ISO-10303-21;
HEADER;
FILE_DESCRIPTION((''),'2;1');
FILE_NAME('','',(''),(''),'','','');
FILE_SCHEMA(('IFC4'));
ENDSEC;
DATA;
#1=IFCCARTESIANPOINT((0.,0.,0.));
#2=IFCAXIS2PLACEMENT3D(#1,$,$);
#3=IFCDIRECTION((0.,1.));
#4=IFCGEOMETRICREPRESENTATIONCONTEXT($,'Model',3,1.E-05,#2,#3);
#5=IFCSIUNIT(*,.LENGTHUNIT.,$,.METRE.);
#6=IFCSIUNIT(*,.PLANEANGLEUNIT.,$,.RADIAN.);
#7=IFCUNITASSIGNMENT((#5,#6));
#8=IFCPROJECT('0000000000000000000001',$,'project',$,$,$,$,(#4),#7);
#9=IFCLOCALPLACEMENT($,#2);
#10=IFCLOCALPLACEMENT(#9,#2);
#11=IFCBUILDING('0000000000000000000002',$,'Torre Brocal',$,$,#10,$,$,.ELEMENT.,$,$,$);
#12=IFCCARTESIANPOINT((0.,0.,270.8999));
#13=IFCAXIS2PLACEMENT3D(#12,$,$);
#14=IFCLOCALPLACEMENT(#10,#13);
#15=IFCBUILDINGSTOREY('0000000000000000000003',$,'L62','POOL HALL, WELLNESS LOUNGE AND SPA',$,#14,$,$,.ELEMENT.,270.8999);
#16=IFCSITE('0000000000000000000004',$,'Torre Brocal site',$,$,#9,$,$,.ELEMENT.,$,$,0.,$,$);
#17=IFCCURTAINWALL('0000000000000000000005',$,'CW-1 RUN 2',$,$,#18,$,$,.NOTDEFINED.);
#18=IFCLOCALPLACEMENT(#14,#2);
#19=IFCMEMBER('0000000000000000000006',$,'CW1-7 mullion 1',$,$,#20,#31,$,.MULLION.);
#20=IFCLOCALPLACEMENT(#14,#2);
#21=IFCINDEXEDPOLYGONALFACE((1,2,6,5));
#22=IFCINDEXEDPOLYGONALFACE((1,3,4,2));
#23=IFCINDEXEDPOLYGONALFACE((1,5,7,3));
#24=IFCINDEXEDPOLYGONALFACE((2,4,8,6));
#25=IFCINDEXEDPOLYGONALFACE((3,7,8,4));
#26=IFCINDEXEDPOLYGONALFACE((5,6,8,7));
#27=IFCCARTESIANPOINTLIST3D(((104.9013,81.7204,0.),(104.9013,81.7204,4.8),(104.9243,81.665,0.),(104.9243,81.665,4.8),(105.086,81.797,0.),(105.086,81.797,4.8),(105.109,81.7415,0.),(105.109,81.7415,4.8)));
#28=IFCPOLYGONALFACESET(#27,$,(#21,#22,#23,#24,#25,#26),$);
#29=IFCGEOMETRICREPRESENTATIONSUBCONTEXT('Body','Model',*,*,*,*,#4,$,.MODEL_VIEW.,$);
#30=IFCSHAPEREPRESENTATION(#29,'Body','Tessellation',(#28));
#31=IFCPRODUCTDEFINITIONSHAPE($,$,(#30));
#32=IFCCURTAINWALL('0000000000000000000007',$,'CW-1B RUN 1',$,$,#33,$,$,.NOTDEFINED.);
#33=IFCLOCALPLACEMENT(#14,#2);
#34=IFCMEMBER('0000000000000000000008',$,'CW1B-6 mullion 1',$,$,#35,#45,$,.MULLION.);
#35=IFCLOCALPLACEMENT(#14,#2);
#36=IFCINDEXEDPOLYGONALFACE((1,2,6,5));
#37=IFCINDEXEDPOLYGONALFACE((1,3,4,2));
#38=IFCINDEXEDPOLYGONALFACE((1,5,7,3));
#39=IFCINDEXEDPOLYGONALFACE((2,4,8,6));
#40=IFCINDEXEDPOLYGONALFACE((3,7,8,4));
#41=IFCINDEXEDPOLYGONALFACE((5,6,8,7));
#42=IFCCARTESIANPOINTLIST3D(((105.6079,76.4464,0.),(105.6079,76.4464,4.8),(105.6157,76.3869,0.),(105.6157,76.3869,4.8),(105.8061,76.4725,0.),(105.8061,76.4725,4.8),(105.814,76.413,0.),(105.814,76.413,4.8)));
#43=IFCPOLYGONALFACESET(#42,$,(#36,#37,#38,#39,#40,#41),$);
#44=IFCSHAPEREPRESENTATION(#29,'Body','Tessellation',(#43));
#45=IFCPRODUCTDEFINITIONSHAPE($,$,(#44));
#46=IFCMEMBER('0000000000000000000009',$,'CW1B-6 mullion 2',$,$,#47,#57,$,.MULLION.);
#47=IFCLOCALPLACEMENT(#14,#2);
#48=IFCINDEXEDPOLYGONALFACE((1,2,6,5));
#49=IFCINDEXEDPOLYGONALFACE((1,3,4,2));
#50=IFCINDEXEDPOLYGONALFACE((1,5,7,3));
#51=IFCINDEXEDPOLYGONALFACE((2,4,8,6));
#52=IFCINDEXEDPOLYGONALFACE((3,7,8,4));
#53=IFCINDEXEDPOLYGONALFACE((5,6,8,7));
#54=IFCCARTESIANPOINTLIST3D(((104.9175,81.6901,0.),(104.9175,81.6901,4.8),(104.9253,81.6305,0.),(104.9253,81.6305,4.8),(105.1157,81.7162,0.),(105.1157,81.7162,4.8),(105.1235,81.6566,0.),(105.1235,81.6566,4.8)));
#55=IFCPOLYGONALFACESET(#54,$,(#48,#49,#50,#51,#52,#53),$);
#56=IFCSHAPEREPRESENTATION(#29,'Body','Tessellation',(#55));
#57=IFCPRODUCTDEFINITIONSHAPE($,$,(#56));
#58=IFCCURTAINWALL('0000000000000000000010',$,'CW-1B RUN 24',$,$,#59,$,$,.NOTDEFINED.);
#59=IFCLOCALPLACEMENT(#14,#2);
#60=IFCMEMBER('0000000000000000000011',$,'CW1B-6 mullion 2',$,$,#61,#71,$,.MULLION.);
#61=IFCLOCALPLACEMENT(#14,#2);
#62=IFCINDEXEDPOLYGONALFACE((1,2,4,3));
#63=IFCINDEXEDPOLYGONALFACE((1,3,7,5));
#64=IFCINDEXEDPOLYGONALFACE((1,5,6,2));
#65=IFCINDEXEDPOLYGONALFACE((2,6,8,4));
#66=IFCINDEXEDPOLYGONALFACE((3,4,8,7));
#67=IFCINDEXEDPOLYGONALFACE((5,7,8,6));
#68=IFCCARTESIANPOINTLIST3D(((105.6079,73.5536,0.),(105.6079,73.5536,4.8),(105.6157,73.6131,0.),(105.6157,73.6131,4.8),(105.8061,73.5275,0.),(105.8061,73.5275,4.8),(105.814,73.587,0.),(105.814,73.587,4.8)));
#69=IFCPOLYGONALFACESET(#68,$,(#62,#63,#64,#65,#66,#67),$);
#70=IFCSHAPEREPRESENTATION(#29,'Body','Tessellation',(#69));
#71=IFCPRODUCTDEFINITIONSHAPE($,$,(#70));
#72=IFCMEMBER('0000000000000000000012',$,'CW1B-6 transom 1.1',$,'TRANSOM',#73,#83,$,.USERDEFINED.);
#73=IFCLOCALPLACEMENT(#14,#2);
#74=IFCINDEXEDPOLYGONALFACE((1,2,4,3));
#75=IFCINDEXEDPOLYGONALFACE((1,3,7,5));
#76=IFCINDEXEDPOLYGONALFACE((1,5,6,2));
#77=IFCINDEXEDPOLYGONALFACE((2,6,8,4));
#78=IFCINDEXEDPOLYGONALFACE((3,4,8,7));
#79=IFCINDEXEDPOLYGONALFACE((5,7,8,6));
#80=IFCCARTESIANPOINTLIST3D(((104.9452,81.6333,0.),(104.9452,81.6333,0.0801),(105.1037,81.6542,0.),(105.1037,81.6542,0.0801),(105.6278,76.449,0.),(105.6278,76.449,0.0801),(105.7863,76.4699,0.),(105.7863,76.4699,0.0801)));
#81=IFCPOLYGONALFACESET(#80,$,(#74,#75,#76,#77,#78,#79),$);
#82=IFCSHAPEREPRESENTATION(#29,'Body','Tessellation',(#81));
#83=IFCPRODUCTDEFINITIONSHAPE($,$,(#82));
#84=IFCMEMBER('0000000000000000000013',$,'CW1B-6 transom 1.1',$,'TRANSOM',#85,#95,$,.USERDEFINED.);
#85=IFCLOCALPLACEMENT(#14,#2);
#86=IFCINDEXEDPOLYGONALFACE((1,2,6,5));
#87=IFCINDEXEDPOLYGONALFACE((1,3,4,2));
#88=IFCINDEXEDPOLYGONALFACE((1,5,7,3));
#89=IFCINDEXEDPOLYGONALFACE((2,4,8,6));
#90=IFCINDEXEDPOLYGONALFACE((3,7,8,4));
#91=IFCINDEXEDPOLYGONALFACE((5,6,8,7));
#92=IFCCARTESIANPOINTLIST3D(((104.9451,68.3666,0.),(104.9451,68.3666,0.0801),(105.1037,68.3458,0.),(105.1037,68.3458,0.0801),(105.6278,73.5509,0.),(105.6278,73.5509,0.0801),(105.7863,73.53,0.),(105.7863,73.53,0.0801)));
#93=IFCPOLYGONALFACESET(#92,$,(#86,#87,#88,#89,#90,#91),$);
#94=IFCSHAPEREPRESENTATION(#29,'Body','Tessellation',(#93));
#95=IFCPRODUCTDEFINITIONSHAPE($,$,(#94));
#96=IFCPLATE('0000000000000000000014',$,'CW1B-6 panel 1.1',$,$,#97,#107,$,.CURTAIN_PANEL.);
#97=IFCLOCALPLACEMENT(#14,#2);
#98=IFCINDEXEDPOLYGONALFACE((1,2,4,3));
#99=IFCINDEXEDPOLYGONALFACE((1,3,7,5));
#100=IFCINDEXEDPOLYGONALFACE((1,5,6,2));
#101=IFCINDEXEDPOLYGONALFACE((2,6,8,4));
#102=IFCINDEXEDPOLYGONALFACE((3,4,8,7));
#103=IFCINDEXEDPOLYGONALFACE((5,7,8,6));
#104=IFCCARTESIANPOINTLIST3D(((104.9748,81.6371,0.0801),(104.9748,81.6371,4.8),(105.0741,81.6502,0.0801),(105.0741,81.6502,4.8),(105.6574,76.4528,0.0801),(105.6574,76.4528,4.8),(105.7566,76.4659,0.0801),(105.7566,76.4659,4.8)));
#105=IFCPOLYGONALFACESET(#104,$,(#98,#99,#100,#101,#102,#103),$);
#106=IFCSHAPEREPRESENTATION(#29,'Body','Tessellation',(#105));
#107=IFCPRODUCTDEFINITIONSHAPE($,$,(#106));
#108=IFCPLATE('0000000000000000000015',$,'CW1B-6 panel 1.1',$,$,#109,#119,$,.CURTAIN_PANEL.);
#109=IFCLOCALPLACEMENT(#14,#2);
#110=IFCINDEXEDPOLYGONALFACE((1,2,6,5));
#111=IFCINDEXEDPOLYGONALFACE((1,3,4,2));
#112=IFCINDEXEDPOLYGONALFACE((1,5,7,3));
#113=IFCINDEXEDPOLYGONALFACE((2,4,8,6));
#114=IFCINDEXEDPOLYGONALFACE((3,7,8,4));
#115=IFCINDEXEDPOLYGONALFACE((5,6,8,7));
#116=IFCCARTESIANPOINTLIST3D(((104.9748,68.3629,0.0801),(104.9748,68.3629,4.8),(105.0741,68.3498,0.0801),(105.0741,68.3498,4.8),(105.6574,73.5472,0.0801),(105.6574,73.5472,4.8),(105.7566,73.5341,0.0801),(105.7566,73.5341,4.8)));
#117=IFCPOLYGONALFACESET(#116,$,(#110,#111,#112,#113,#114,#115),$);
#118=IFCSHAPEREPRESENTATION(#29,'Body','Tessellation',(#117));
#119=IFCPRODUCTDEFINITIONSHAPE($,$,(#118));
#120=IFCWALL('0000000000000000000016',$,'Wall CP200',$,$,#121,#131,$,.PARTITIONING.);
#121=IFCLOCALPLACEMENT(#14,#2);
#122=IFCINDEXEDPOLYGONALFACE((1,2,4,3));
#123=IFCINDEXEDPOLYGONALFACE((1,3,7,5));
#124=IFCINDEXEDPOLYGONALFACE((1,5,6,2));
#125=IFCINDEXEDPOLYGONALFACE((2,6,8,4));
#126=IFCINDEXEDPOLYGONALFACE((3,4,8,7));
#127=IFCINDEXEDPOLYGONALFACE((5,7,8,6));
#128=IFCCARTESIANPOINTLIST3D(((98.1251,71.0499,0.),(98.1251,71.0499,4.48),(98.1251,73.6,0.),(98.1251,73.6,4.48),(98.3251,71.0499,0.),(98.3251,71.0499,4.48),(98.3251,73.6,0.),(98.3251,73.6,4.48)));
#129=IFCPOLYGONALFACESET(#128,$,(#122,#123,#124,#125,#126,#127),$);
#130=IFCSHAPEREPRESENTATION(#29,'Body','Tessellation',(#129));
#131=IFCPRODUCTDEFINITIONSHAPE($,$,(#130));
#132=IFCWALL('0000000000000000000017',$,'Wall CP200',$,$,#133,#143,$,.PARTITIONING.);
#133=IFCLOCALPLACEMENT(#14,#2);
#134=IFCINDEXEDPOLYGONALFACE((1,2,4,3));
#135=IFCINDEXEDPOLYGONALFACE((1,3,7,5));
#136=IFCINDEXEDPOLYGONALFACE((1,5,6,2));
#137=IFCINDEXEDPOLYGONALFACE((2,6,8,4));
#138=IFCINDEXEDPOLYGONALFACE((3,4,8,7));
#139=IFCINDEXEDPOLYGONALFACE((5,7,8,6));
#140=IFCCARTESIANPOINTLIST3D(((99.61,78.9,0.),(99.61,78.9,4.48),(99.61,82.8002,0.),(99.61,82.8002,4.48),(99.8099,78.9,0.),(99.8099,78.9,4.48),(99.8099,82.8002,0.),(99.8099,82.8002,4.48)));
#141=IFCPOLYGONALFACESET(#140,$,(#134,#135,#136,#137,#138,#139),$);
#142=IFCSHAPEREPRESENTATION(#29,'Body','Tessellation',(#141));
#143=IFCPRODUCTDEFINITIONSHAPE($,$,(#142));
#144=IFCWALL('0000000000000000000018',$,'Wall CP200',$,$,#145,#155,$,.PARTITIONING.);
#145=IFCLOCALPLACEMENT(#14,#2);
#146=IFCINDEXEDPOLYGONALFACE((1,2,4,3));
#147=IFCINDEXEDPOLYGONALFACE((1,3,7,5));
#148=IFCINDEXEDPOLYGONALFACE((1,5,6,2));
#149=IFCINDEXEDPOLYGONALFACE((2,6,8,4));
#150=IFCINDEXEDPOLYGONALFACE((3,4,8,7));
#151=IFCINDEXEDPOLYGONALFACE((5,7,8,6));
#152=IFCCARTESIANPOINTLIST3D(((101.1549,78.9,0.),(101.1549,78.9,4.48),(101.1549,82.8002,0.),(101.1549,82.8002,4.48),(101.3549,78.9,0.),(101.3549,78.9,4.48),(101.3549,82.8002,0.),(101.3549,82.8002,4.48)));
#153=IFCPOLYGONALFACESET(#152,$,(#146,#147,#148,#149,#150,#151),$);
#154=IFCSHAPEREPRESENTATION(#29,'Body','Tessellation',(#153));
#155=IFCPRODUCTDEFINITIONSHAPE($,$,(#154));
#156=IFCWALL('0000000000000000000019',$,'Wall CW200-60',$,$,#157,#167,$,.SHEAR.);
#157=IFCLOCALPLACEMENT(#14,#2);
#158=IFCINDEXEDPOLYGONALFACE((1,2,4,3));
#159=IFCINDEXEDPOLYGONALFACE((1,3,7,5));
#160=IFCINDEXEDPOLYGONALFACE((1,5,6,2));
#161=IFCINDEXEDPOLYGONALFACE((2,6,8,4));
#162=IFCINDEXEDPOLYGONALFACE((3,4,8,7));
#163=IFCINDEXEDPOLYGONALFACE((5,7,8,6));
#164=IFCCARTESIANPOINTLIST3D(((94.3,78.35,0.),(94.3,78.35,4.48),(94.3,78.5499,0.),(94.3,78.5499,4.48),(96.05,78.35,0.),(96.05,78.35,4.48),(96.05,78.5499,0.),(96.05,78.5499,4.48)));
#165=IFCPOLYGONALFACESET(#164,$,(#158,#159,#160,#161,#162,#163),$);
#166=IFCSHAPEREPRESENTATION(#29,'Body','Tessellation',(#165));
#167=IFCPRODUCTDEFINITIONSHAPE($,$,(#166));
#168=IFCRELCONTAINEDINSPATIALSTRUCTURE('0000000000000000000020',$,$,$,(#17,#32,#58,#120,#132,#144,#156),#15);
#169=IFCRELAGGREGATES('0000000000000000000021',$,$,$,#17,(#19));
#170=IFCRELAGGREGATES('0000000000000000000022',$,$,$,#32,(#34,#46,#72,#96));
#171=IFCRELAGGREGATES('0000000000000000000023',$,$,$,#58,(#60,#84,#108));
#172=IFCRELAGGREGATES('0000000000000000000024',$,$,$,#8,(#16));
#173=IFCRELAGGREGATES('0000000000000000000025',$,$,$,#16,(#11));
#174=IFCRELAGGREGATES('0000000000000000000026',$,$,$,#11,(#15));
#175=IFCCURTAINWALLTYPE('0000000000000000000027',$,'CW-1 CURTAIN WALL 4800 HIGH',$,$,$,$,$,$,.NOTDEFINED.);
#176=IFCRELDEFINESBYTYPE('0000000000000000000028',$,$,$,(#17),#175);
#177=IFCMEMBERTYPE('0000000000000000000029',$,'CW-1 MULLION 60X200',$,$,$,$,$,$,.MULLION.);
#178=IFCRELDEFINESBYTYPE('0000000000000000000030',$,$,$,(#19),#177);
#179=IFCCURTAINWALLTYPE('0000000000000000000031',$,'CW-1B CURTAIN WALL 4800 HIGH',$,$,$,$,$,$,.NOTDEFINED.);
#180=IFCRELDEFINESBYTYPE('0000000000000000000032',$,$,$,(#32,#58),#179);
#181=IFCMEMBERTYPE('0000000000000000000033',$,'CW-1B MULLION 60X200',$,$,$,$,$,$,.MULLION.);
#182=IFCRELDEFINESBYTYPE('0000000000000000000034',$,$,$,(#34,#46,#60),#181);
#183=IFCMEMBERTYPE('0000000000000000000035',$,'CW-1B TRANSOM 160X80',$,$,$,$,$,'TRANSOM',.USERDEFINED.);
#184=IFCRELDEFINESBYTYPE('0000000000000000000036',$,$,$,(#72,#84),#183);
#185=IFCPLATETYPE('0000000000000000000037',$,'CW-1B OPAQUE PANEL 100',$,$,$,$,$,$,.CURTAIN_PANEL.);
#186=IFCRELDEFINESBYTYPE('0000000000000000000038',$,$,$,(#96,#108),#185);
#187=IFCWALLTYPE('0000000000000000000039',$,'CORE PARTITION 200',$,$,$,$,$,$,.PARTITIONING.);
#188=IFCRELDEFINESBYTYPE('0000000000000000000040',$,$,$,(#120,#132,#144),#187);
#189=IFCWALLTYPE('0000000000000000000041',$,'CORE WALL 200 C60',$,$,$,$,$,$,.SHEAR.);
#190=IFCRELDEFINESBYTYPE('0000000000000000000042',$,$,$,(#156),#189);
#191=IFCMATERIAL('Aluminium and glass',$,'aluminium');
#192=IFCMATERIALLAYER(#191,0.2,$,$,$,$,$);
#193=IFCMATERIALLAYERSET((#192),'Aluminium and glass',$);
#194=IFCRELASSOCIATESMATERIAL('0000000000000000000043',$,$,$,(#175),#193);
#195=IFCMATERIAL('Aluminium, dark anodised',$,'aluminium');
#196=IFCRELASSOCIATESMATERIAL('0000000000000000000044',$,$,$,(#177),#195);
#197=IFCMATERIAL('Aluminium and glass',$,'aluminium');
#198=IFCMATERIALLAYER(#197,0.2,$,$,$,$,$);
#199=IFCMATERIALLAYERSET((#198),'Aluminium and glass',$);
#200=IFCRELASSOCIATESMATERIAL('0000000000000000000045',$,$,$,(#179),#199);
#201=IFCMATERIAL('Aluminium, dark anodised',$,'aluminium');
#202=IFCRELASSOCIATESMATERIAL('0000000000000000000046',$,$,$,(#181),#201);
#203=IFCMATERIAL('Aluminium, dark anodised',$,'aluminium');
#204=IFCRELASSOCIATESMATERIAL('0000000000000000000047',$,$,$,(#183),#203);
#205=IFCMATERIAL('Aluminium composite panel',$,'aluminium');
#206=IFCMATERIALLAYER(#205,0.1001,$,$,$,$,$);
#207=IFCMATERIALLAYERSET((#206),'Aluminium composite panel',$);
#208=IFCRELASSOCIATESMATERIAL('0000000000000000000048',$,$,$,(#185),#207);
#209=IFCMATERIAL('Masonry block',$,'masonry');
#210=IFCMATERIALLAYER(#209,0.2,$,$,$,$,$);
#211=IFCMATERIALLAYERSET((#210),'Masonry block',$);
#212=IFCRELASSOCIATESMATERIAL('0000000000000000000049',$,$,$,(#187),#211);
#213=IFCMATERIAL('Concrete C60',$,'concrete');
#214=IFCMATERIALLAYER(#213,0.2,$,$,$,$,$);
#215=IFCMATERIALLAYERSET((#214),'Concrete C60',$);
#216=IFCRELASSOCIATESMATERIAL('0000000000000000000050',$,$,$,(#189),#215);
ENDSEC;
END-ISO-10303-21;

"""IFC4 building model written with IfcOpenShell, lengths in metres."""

from ifc_helpers import new_model, si_unit, direction, frame, frame_2d, origin, origin_2d, place, context, subcontext, project, spatial, rectangle, extrude, material, layer, layer_set, material_profile, profile_set, type_object, element, aggregate, save


model = new_model("IFC4")

# Units and contexts
model_context = context("Model", 3, precision=1e-05, world=origin(), true_north=direction((0.0, 1.0)))
body_context = subcontext(model_context, "Body", "Model", "MODEL_VIEW")
ifc_project = project(units=[si_unit("LENGTHUNIT", "METRE"), si_unit("PLANEANGLEUNIT", "RADIAN")], contexts=[model_context])

# Site, building, storey
site_placement = place(None, origin())
site = spatial("IfcSite", under=ifc_project, at=site_placement, Name="Torre Brocal site", CompositionType="ELEMENT", RefElevation=0.0)
building_placement = place(site_placement, origin())
building = spatial("IfcBuilding", under=site, at=building_placement, Name="Torre Brocal", CompositionType="ELEMENT")
storey_placement = place(building_placement, frame((0.0, 0.0, 270.8999)))
storey = spatial("IfcBuildingStorey", under=building, at=storey_placement, Name="L62", Description="POOL HALL, WELLNESS LOUNGE AND SPA", CompositionType="ELEMENT", Elevation=270.8999)

# Curtain wall, member
ifc_material_1 = material(Name="Aluminium and glass", Category="aluminium")
ifc_layer_1 = layer(ifc_material_1, 0.2)
ifc_layer_set_1 = layer_set([ifc_layer_1], Name="Aluminium and glass")
curtain_wall_type_1 = type_object("IfcCurtainWallType", Name="CW-1 CURTAIN WALL 4800 HIGH", PredefinedType="NOTDEFINED", material=ifc_layer_set_1)
curtain_wall_1_placement = place(storey_placement, origin())
curtain_wall_1 = element("IfcCurtainWall", 1, at=curtain_wall_1_placement, inside=storey, type_object=curtain_wall_type_1, Name="CW-1 RUN 2", PredefinedType="NOTDEFINED")
ifc_material_2 = material(Name="Aluminium, dark anodised", Category="aluminium")
ifc_material_profile_1 = material_profile(ifc_material_2, rectangle(XDim=0.2, YDim=0.0601, at=origin_2d()), Name="CW-1 MULLION 60X200")
ifc_profile_set_1 = profile_set([ifc_material_profile_1], Name="Aluminium, dark anodised")
member_type_1 = type_object("IfcMemberType", Name="CW-1 MULLION 60X200", PredefinedType="MULLION", material=ifc_profile_set_1)
member_1_placement = place(storey_placement, frame((105.0051, 81.731, 0.0), z_axis=(0.0, 0.0, 1.0), x_axis=(-0.92388, -0.382683, 0.0)))
member_1 = element("IfcMember", 2, at=member_1_placement, type_object=member_type_1, Name="CW1-7 mullion 1", PredefinedType="MULLION", context=body_context, shape_type="SweptSolid", body=[
    extrude(rectangle(XDim=0.2, YDim=0.0601, at=origin_2d()), origin(), (0.0, 0.0, 1.0), 4.8),
])
aggregate(curtain_wall_1, [member_1])

# Curtain wall, members
ifc_material_3 = material(Name="Aluminium and glass", Category="aluminium")
ifc_layer_2 = layer(ifc_material_3, 0.2)
ifc_layer_set_2 = layer_set([ifc_layer_2], Name="Aluminium and glass")
curtain_wall_type_2 = type_object("IfcCurtainWallType", Name="CW-1B CURTAIN WALL 4800 HIGH", PredefinedType="NOTDEFINED", material=ifc_layer_set_2)
curtain_wall_2_placement = place(storey_placement, origin())
curtain_wall_2 = element("IfcCurtainWall", 3, at=curtain_wall_2_placement, inside=storey, type_object=curtain_wall_type_2, Name="CW-1B RUN 1", PredefinedType="NOTDEFINED")
ifc_material_4 = material(Name="Aluminium, dark anodised", Category="aluminium")
ifc_material_profile_2 = material_profile(ifc_material_4, rectangle(XDim=0.2, YDim=0.0601, at=origin_2d()), Name="CW-1B MULLION 60X200")
ifc_profile_set_2 = profile_set([ifc_material_profile_2], Name="Aluminium, dark anodised")
member_type_2 = type_object("IfcMemberType", Name="CW-1B MULLION 60X200", PredefinedType="MULLION", material=ifc_profile_set_2)
member_2_placement = place(storey_placement, frame((105.7109, 76.4297, 0.0), z_axis=(0.0, 0.0, 1.0), x_axis=(-0.991445, -0.130526, 0.0)))
member_2 = element("IfcMember", 4, at=member_2_placement, type_object=member_type_2, Name="CW1B-6 mullion 1", PredefinedType="MULLION", context=body_context, shape_type="SweptSolid", body=[
    extrude(rectangle(XDim=0.2, YDim=0.0601, at=origin_2d()), origin(), (0.0, 0.0, 1.0), 4.8),
])
member_3_placement = place(storey_placement, frame((105.0205, 81.6733, 0.0), z_axis=(0.0, 0.0, 1.0), x_axis=(-0.991445, -0.130526, 0.0)))
member_3 = element("IfcMember", 5, at=member_3_placement, type_object=member_type_2, Name="CW1B-6 mullion 2", PredefinedType="MULLION", context=body_context, shape_type="SweptSolid", body=[
    extrude(rectangle(XDim=0.2, YDim=0.0601, at=origin_2d()), origin(), (0.0, 0.0, 1.0), 4.8),
])

# Curtain wall, member
curtain_wall_3_placement = place(storey_placement, origin())
curtain_wall_3 = element("IfcCurtainWall", 6, at=curtain_wall_3_placement, inside=storey, type_object=curtain_wall_type_2, Name="CW-1B RUN 24", PredefinedType="NOTDEFINED")
member_4_placement = place(storey_placement, frame((105.7109, 73.5703, 0.0), z_axis=(0.0, 0.0, 1.0), x_axis=(-0.991445, 0.130526, 0.0)))
member_4 = element("IfcMember", 7, at=member_4_placement, type_object=member_type_2, Name="CW1B-6 mullion 2", PredefinedType="MULLION", context=body_context, shape_type="SweptSolid", body=[
    extrude(rectangle(XDim=0.2, YDim=0.0601, at=origin_2d()), origin(), (0.0, 0.0, 1.0), 4.8),
])

# Members
ifc_material_5 = material(Name="Aluminium, dark anodised", Category="aluminium")
ifc_material_profile_3 = material_profile(ifc_material_5, rectangle(XDim=0.1599, YDim=0.0801, at=origin_2d()), Name="CW-1B TRANSOM 160X80")
ifc_profile_set_3 = profile_set([ifc_material_profile_3], Name="Aluminium, dark anodised")
member_type_3 = type_object("IfcMemberType", Name="CW-1B TRANSOM 160X80", ElementType="TRANSOM", PredefinedType="USERDEFINED", material=ifc_profile_set_3)
member_5_placement = place(storey_placement, frame((105.707, 76.4595, 0.04), z_axis=(-0.130543, 0.991443, 0.0), x_axis=(-0.991443, -0.130543, 0.0)))
member_5 = element("IfcMember", 8, at=member_5_placement, type_object=member_type_3, Name="CW1B-6 transom 1.1", ObjectType="TRANSOM", PredefinedType="USERDEFINED", context=body_context, shape_type="SweptSolid", body=[
    extrude(rectangle(XDim=0.1599, YDim=0.0801, at=origin_2d()), origin(), (0.0, 0.0, 1.0), 5.229),
])
member_6_placement = place(storey_placement, frame((105.0244, 68.3562, 0.04), z_axis=(0.130543, 0.991443, 0.0), x_axis=(-0.991443, 0.130543, 0.0)))
member_6 = element("IfcMember", 9, at=member_6_placement, type_object=member_type_3, Name="CW1B-6 transom 1.1", ObjectType="TRANSOM", PredefinedType="USERDEFINED", context=body_context, shape_type="SweptSolid", body=[
    extrude(rectangle(XDim=0.1599, YDim=0.0801, at=origin_2d()), origin(), (0.0, 0.0, 1.0), 5.229),
])

# Plates
ifc_material_6 = material(Name="Aluminium composite panel", Category="aluminium")
ifc_layer_3 = layer(ifc_material_6, 0.1001)
ifc_layer_set_3 = layer_set([ifc_layer_3], Name="Aluminium composite panel")
plate_type = type_object("IfcPlateType", Name="CW-1B OPAQUE PANEL 100", PredefinedType="CURTAIN_PANEL", material=ifc_layer_set_3)
plate_1_placement = place(storey_placement, frame((105.3657, 79.0515, 0.0801), z_axis=(0.0, 0.0, 1.0), x_axis=(-0.130526, 0.991445, 0.0)))
plate_1 = element("IfcPlate", 10, at=plate_1_placement, type_object=plate_type, Name="CW1B-6 panel 1.1", PredefinedType="CURTAIN_PANEL", context=body_context, shape_type="SweptSolid", body=[
    extrude(rectangle(XDim=5.229, YDim=0.1001, at=origin_2d()), origin(), (0.0, 0.0, 1.0), 4.72),
])
aggregate(curtain_wall_2, [member_2, member_3, member_5, plate_1])
plate_2_placement = place(storey_placement, frame((105.3657, 70.9485, 0.0801), z_axis=(0.0, 0.0, 1.0), x_axis=(0.130526, 0.991445, 0.0)))
plate_2 = element("IfcPlate", 11, at=plate_2_placement, type_object=plate_type, Name="CW1B-6 panel 1.1", PredefinedType="CURTAIN_PANEL", context=body_context, shape_type="SweptSolid", body=[
    extrude(rectangle(XDim=5.229, YDim=0.1001, at=origin_2d()), origin(), (0.0, 0.0, 1.0), 4.72),
])
aggregate(curtain_wall_3, [member_4, member_6, plate_2])

# Walls
ifc_material_7 = material(Name="Masonry block", Category="masonry")
ifc_layer_4 = layer(ifc_material_7, 0.2)
ifc_layer_set_4 = layer_set([ifc_layer_4], Name="Masonry block")
wall_type_1 = type_object("IfcWallType", Name="CORE PARTITION 200", PredefinedType="PARTITIONING", material=ifc_layer_set_4)
wall_1_placement = place(storey_placement, frame((98.2251, 71.05, 0.0), z_axis=(0.0, 0.0, 1.0), x_axis=(0.0, 1.0, 0.0)))
element("IfcWall", 12, at=wall_1_placement, inside=storey, type_object=wall_type_1, Name="Wall CP200", PredefinedType="PARTITIONING", context=body_context, shape_type="SweptSolid", body=[
    extrude(rectangle(XDim=2.55, YDim=0.2, at=frame_2d((1.2749, 0.0))), origin(), (0.0, 0.0, 1.0), 4.48),
])
for number, where, z_axis, x_axis, name in (
    (13, (99.71, 78.8999, 0.0), (0.0, 0.0, 1.0), (0.0, 1.0, 0.0), "Wall CP200"),
    (14, (101.2549, 78.8999, 0.0), (0.0, 0.0, 1.0), (0.0, 1.0, 0.0), "Wall CP200"),
):
    element("IfcWall", number, at=place(storey_placement, frame(where, z_axis=z_axis, x_axis=x_axis)), inside=storey, type_object=wall_type_1, Name=name, PredefinedType="PARTITIONING", context=body_context, shape_type="SweptSolid", body=[
        extrude(rectangle(XDim=3.9001, YDim=0.2, at=frame_2d((1.9502, 0.0))), origin(), (0.0, 0.0, 1.0), 4.48),
    ])
ifc_material_8 = material(Name="Concrete C60", Category="concrete")
ifc_layer_5 = layer(ifc_material_8, 0.2)
ifc_layer_set_5 = layer_set([ifc_layer_5], Name="Concrete C60")
wall_type_2 = type_object("IfcWallType", Name="CORE WALL 200 C60", PredefinedType="SHEAR", material=ifc_layer_set_5)
wall_2_placement = place(storey_placement, frame((94.3, 78.45, 0.0), z_axis=(0.0, 0.0, 1.0), x_axis=(1.0, 0.0, 0.0)))
element("IfcWall", 15, at=wall_2_placement, inside=storey, type_object=wall_type_2, Name="Wall CW200-60", PredefinedType="SHEAR", context=body_context, shape_type="SweptSolid", body=[
    extrude(rectangle(XDim=1.75, YDim=0.2, at=frame_2d((0.875, 0.0))), origin(), (0.0, 0.0, 1.0), 4.48),
])

save(model, "model.ifc")
